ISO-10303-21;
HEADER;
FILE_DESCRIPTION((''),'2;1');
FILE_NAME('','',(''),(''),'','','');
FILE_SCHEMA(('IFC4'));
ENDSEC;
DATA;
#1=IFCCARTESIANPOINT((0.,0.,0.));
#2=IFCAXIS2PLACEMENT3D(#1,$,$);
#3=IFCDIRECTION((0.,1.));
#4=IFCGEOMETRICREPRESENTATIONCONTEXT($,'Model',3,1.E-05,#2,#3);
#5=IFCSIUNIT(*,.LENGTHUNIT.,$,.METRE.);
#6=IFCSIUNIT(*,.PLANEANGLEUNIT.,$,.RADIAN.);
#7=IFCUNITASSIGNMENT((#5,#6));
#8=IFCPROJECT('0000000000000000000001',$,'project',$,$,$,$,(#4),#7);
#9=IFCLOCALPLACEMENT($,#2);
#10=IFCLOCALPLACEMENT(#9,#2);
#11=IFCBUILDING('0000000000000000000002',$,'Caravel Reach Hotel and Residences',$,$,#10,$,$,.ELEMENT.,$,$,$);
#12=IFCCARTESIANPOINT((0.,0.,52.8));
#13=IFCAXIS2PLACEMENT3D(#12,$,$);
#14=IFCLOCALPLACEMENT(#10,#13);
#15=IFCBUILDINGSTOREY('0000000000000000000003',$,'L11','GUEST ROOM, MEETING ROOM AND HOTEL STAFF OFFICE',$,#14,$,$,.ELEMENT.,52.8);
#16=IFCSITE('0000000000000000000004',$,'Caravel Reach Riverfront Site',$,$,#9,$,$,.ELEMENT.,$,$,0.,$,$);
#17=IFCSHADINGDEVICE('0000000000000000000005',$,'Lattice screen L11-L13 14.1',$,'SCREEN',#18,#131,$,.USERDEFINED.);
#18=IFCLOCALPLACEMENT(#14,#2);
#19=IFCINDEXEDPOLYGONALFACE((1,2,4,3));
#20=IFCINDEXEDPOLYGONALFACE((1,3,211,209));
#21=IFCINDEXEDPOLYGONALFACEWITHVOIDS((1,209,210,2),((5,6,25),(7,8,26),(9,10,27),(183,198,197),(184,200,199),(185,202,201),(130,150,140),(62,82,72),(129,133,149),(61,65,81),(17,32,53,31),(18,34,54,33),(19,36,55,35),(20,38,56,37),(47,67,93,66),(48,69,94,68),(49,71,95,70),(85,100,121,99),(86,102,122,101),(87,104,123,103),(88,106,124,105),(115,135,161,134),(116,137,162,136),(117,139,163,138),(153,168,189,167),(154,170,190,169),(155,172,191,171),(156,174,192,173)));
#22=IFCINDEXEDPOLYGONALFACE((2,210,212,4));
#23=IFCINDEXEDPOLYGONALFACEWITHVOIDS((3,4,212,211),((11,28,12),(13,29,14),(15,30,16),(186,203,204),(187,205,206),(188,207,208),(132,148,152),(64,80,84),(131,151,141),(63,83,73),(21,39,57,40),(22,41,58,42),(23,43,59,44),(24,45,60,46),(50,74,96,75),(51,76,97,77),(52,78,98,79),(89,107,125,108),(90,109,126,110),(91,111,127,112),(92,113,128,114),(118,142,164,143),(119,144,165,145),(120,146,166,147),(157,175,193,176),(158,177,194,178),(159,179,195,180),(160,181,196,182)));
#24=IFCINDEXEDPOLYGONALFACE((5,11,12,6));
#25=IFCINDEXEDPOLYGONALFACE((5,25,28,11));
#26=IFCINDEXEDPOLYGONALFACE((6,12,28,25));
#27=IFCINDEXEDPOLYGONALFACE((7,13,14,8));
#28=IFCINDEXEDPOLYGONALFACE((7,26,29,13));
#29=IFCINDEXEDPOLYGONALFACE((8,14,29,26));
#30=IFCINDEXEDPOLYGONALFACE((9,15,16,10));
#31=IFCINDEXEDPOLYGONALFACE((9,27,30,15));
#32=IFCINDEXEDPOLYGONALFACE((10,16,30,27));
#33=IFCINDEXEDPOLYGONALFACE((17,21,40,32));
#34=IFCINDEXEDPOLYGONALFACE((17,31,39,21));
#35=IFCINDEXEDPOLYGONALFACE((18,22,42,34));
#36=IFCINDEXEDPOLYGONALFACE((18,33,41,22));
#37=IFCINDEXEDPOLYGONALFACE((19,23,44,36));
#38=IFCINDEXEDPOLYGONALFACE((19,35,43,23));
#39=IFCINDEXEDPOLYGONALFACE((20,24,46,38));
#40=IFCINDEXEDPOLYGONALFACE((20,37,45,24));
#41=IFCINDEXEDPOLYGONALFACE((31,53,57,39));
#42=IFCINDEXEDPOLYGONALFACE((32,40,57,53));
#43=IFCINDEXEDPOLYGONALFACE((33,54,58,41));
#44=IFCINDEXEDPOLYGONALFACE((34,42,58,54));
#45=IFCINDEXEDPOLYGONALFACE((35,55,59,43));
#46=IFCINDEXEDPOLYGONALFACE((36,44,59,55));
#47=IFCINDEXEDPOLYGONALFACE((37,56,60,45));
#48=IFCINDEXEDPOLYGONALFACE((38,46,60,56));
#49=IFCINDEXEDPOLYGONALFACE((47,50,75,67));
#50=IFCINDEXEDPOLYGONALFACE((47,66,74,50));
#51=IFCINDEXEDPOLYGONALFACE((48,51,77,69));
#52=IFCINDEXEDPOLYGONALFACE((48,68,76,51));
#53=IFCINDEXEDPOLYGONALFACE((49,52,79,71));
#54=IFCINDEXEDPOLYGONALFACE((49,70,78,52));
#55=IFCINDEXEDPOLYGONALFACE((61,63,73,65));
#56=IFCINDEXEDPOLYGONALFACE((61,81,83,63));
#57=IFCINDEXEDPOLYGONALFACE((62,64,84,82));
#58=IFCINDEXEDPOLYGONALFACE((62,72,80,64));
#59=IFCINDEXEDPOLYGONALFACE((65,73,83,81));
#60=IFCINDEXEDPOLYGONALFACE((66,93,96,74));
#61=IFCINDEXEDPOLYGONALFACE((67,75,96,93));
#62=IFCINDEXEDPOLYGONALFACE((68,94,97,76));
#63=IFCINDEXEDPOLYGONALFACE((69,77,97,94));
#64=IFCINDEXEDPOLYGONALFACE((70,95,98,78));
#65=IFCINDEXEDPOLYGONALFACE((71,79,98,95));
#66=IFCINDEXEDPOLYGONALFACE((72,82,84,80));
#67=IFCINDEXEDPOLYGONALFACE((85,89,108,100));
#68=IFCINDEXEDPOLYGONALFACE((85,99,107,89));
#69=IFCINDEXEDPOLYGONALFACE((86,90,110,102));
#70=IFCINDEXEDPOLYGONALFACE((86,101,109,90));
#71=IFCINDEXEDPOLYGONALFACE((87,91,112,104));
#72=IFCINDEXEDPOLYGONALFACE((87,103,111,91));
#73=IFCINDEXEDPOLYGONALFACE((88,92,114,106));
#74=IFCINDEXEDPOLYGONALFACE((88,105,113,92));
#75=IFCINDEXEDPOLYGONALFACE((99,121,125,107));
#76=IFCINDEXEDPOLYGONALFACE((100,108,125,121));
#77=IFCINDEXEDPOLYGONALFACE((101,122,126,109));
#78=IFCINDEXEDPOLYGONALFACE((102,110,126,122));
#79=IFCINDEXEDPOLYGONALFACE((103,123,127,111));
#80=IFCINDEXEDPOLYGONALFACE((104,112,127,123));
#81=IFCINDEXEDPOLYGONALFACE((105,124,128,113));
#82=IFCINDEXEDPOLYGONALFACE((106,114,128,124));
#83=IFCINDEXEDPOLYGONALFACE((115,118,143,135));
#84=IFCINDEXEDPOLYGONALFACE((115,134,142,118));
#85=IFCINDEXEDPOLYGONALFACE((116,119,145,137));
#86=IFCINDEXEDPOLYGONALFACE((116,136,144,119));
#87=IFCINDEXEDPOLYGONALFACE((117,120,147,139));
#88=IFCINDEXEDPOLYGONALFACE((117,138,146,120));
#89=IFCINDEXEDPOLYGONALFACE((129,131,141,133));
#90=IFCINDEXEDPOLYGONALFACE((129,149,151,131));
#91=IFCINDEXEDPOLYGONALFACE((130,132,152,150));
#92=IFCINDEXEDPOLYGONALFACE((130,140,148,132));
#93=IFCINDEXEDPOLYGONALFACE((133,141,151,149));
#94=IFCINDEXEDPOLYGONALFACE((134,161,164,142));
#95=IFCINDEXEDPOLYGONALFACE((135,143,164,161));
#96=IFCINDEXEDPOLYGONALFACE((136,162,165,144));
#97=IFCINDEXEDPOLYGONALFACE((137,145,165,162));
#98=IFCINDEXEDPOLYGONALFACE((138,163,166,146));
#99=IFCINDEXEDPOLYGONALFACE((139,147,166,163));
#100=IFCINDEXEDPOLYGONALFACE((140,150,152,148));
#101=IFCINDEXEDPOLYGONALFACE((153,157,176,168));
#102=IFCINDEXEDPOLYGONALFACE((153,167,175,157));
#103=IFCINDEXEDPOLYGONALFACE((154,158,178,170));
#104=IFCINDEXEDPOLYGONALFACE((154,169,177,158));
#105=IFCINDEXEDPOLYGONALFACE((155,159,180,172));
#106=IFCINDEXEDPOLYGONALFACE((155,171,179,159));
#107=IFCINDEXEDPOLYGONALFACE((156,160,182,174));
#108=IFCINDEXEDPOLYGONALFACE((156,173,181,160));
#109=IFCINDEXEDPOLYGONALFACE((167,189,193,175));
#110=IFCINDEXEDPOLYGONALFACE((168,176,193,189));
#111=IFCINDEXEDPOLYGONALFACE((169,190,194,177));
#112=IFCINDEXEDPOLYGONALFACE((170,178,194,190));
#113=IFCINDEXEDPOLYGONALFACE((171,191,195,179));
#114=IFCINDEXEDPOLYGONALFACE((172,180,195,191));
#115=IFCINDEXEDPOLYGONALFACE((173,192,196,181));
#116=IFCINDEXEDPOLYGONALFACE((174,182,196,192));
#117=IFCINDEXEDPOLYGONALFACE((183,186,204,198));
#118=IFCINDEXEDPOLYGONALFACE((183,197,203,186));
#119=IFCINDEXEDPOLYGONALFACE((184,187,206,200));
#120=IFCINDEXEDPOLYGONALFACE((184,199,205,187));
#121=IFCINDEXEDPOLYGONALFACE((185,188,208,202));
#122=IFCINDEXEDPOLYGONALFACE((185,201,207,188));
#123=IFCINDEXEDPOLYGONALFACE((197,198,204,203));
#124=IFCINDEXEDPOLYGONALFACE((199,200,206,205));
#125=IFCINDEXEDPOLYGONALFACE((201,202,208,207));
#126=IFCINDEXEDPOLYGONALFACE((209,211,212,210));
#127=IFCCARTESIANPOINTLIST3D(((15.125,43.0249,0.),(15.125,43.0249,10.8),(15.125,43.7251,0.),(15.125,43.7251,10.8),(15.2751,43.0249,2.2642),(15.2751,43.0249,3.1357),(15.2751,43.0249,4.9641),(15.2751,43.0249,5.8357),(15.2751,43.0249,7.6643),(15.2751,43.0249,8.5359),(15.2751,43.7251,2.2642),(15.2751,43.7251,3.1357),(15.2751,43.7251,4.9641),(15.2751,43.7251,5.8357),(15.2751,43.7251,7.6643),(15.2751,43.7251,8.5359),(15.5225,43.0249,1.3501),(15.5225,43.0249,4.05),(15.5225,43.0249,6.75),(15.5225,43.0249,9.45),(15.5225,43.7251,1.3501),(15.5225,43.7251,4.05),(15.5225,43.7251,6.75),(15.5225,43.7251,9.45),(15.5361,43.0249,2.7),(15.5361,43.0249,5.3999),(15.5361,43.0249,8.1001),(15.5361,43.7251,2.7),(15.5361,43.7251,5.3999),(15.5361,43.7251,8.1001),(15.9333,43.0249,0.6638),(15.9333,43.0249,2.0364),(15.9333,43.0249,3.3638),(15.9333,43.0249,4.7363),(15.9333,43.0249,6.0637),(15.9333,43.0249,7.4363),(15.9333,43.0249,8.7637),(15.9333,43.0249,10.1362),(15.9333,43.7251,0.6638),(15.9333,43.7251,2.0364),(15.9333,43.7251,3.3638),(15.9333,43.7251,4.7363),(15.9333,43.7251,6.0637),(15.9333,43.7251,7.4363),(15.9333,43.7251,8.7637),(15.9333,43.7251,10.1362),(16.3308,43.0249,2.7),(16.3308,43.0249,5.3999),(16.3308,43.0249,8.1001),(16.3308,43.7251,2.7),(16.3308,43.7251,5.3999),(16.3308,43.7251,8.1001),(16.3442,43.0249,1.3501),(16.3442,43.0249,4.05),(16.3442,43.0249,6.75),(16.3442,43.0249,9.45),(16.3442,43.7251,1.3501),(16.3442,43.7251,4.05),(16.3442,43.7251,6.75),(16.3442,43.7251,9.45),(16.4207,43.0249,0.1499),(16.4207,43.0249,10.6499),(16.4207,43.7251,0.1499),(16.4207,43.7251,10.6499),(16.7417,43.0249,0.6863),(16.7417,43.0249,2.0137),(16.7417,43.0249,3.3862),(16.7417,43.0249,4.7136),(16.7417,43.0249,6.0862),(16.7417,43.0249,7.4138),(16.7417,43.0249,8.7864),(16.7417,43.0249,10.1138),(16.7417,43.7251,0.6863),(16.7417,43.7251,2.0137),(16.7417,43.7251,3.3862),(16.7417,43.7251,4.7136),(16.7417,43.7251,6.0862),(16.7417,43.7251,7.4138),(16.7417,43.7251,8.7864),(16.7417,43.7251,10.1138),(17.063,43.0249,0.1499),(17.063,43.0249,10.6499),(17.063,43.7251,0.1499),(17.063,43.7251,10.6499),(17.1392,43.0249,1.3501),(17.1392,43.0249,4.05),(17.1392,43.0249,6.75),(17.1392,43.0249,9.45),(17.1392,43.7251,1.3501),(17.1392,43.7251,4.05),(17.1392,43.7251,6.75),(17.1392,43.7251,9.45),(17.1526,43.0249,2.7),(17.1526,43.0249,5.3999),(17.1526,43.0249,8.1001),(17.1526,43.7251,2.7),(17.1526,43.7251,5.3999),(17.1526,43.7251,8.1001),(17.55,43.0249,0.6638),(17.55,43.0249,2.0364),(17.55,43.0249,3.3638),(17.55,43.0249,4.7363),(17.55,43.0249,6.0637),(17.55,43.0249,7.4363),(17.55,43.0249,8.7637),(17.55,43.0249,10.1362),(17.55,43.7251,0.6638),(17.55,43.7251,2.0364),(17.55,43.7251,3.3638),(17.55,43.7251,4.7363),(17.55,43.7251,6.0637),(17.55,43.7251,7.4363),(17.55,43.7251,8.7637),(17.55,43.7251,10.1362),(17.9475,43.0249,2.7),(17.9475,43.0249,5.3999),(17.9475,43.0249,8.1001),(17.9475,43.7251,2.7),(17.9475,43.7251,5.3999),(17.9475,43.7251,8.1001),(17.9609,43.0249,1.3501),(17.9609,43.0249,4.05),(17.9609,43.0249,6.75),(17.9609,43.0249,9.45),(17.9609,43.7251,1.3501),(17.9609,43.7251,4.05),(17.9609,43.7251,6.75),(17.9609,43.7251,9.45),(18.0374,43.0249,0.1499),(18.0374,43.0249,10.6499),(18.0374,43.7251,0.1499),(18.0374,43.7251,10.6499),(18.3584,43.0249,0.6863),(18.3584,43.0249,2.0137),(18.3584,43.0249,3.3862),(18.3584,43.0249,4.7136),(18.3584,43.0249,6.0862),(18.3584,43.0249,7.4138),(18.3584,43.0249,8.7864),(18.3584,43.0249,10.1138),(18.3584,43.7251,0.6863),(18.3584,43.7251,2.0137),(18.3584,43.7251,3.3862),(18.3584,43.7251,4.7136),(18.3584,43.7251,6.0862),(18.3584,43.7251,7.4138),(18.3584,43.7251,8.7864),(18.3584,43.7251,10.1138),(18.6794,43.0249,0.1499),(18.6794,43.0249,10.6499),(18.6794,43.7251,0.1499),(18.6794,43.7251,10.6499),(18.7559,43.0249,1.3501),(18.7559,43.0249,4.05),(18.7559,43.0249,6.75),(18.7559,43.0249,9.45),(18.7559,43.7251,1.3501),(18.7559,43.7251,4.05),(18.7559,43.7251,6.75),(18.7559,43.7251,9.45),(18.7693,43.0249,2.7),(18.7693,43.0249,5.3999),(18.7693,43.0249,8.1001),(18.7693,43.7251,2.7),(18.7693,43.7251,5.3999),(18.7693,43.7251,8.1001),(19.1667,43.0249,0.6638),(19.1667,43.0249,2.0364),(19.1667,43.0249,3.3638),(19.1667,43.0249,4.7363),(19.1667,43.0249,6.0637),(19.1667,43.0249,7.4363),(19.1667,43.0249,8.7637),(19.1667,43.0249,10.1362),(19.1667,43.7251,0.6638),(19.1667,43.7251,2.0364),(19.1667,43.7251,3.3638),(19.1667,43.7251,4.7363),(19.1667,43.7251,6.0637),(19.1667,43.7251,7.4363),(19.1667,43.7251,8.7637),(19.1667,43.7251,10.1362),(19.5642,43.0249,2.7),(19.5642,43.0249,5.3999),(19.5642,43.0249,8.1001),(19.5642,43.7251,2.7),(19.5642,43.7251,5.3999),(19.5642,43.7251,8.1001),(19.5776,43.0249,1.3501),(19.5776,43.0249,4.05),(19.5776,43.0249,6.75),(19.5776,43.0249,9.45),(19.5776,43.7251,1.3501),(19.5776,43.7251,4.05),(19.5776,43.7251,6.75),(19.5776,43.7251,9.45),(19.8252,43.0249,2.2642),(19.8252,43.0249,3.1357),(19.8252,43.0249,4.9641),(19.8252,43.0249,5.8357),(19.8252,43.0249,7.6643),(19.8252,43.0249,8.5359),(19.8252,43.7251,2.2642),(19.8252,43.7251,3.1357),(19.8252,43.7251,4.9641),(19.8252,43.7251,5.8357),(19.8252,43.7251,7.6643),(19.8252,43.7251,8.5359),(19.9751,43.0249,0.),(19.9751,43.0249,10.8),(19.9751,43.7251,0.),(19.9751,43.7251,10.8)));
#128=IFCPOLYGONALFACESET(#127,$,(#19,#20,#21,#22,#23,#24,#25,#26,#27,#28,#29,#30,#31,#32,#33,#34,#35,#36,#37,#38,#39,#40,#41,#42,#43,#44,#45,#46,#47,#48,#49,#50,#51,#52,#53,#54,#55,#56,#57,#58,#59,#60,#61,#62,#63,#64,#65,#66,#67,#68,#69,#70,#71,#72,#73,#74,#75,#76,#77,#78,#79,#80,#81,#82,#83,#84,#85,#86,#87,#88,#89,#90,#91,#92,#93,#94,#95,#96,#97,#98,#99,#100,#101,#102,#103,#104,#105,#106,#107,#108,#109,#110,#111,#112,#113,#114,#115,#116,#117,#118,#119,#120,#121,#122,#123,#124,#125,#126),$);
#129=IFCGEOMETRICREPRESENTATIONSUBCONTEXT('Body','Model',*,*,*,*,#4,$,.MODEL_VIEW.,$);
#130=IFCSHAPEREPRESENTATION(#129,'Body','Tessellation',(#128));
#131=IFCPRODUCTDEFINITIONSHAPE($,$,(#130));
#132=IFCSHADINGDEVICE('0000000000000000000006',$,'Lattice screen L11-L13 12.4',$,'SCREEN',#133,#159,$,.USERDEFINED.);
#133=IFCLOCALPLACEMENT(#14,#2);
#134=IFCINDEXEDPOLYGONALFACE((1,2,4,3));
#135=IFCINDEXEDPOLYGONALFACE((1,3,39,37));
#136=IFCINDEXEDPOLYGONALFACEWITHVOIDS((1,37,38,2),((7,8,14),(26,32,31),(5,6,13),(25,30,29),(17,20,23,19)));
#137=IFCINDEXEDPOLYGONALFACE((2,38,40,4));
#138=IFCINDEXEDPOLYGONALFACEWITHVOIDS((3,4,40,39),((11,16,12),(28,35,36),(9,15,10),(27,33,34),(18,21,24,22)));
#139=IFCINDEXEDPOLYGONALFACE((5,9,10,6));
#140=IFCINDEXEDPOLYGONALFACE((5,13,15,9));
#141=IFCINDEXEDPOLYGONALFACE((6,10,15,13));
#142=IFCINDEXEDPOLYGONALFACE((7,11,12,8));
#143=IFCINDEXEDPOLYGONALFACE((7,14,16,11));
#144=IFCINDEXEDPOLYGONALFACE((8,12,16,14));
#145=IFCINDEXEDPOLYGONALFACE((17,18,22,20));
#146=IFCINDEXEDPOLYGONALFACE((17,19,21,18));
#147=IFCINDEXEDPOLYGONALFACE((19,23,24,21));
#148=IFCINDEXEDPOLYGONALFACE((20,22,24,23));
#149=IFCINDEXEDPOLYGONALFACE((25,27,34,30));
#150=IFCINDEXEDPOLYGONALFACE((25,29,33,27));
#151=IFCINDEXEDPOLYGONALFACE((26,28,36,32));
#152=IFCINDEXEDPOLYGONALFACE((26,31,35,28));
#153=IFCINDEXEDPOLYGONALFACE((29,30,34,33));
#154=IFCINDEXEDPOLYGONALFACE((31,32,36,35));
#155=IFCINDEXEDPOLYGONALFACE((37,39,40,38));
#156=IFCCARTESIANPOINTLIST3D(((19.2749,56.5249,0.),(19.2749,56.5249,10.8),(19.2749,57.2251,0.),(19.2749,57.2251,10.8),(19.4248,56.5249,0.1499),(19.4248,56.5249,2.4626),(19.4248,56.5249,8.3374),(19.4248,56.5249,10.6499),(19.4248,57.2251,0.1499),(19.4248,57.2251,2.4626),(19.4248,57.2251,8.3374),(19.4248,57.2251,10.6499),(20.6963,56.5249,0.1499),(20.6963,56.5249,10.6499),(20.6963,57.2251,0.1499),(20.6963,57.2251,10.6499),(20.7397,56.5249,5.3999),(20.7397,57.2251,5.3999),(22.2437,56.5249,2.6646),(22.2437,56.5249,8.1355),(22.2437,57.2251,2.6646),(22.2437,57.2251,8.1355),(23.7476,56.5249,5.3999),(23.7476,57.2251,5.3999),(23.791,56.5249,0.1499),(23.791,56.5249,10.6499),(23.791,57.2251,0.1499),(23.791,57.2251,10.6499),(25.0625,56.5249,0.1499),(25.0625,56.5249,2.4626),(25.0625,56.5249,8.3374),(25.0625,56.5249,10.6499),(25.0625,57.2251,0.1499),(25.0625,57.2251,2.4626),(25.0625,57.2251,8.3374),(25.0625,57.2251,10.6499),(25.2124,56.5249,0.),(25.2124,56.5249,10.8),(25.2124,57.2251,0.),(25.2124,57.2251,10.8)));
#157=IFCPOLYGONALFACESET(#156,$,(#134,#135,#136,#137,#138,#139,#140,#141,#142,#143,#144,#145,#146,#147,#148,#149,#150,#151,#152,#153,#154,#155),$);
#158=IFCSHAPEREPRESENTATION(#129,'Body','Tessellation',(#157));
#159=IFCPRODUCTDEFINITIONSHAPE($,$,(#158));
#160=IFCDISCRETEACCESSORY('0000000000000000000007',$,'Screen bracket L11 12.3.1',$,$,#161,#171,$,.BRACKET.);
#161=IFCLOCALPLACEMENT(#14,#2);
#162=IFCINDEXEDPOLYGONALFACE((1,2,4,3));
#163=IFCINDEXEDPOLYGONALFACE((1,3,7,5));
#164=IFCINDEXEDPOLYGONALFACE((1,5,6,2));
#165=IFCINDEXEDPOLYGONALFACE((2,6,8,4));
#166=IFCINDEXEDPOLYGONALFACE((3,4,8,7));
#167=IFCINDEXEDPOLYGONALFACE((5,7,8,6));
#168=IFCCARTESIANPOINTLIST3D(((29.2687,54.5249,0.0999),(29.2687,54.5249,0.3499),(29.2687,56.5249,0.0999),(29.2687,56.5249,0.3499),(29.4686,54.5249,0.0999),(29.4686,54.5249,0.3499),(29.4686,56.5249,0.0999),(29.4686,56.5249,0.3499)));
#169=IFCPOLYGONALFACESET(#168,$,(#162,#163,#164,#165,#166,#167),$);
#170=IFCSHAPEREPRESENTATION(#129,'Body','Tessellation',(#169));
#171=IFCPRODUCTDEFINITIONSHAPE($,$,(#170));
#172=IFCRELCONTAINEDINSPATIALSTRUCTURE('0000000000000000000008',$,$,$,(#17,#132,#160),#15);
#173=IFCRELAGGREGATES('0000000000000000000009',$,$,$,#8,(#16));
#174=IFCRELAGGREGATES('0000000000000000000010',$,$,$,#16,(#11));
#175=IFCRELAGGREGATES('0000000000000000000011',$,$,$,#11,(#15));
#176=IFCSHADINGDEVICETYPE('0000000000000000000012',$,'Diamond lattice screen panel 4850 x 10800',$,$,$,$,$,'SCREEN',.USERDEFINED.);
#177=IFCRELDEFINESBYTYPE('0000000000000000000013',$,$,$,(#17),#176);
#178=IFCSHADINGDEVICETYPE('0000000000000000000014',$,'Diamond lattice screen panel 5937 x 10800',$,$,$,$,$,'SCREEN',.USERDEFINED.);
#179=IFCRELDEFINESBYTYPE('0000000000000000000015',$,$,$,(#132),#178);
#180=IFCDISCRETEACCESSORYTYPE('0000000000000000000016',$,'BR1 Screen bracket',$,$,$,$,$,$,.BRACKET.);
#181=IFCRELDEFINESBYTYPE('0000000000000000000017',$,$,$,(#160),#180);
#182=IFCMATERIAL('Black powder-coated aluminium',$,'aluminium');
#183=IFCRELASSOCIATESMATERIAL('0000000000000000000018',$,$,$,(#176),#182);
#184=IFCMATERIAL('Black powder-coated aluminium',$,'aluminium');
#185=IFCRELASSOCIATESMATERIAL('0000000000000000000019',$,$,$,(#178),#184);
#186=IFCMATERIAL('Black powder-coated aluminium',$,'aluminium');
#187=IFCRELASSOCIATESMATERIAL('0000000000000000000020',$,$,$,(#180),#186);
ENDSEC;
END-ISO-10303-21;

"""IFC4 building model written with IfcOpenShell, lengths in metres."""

from ifc_helpers import new_model, si_unit, direction, frame, origin, origin_2d, place, context, subcontext, project, spatial, polyline, rectangle, outline, extrude, material, type_object, element, save


model = new_model("IFC4")

# Units and contexts
model_context = context("Model", 3, precision=1e-05, world=origin(), true_north=direction((0.0, 1.0)))
body_context = subcontext(model_context, "Body", "Model", "MODEL_VIEW")
ifc_project = project(units=[si_unit("LENGTHUNIT", "METRE"), si_unit("PLANEANGLEUNIT", "RADIAN")], contexts=[model_context])

# Site, building, storey
site_placement = place(None, origin())
site = spatial("IfcSite", under=ifc_project, at=site_placement, Name="Caravel Reach Riverfront Site", CompositionType="ELEMENT", RefElevation=0.0)
building_placement = place(site_placement, origin())
building = spatial("IfcBuilding", under=site, at=building_placement, Name="Caravel Reach Hotel and Residences", CompositionType="ELEMENT")
storey_placement = place(building_placement, frame((0.0, 0.0, 52.8)))
storey = spatial("IfcBuildingStorey", under=building, at=storey_placement, Name="L11", Description="GUEST ROOM, MEETING ROOM AND HOTEL STAFF OFFICE", CompositionType="ELEMENT", Elevation=52.8)

# Shading devices
ifc_material_1 = material(Name="Black powder-coated aluminium", Category="aluminium")
shading_device_type_1 = type_object("IfcShadingDeviceType", Name="Diamond lattice screen panel 4850 x 10800", ElementType="SCREEN", PredefinedType="USERDEFINED", material=ifc_material_1)
shading_device_1_placement = place(storey_placement, frame((19.9751, 43.0249, 0.0), z_axis=(0.0, 1.0, 0.0), x_axis=(-1.0, 0.0, 0.0)))
element("IfcShadingDevice", 1, at=shading_device_1_placement, inside=storey, type_object=shading_device_type_1, Name="Lattice screen L11-L13 14.1", ObjectType="SCREEN", PredefinedType="USERDEFINED", context=body_context, shape_type="SweptSolid", body=[
    extrude(outline(polyline([(0.0, 0.0), (4.8501, 0.0), (4.8501, 10.8), (0.0, 10.8), (0.0, 0.0)]), holes=[polyline([(0.4109, 2.7), (0.1499, 3.1357), (0.1499, 2.2642), (0.4109, 2.7)]), polyline([(0.4109, 5.3999), (0.1499, 5.8357), (0.1499, 4.9641), (0.4109, 5.3999)]), polyline([(0.4109, 8.1001), (0.1499, 8.5359), (0.1499, 7.6643), (0.4109, 8.1001)]), polyline([(0.8083, 2.0364), (0.3975, 1.3501), (0.8083, 0.6638), (1.2192, 1.3501), (0.8083, 2.0364)]), polyline([(0.8083, 4.7363), (0.3975, 4.05), (0.8083, 3.3638), (1.2192, 4.05), (0.8083, 4.7363)]), polyline([(0.8083, 7.4363), (0.3975, 6.75), (0.8083, 6.0637), (1.2192, 6.75), (0.8083, 7.4363)]), polyline([(0.8083, 10.1362), (0.3975, 9.45), (0.8083, 8.7637), (1.2192, 9.45), (0.8083, 10.1362)]), polyline([(1.6167, 0.6863), (1.2957, 0.1499), (1.9377, 0.1499), (1.6167, 0.6863)]), polyline([(1.6167, 3.3862), (1.2058, 2.7), (1.6167, 2.0137), (2.0276, 2.7), (1.6167, 3.3862)]), polyline([(1.6167, 6.0862), (1.2058, 5.3999), (1.6167, 4.7136), (2.0276, 5.3999), (1.6167, 6.0862)]), polyline([(1.6167, 8.7864), (1.2058, 8.1001), (1.6167, 7.4138), (2.0276, 8.1001), (1.6167, 8.7864)]), polyline([(1.6167, 10.1138), (1.9377, 10.6499), (1.2957, 10.6499), (1.6167, 10.1138)]), polyline([(2.425, 2.0364), (2.0142, 1.3501), (2.425, 0.6638), (2.8359, 1.3501), (2.425, 2.0364)]), polyline([(2.425, 4.7363), (2.0142, 4.05), (2.425, 3.3638), (2.8359, 4.05), (2.425, 4.7363)]), polyline([(2.425, 7.4363), (2.0142, 6.75), (2.425, 6.0637), (2.8359, 6.75), (2.425, 7.4363)]), polyline([(2.425, 10.1362), (2.0142, 9.45), (2.425, 8.7637), (2.8359, 9.45), (2.425, 10.1362)]), polyline([(3.2334, 0.6863), (2.9121, 0.1499), (3.5544, 0.1499), (3.2334, 0.6863)]), polyline([(3.2334, 3.3862), (2.8225, 2.7), (3.2334, 2.0137), (3.6443, 2.7), (3.2334, 3.3862)]), polyline([(3.2334, 6.0862), (2.8225, 5.3999), (3.2334, 4.7136), (3.6443, 5.3999), (3.2334, 6.0862)]), polyline([(3.2334, 8.7864), (2.8225, 8.1001), (3.2334, 7.4138), (3.6443, 8.1001), (3.2334, 8.7864)]), polyline([(3.2334, 10.1138), (3.5544, 10.6499), (2.9121, 10.6499), (3.2334, 10.1138)]), polyline([(4.0417, 2.0364), (3.6309, 1.3501), (4.0417, 0.6638), (4.4526, 1.3501), (4.0417, 2.0364)]), polyline([(4.0417, 4.7363), (3.6309, 4.05), (4.0417, 3.3638), (4.4526, 4.05), (4.0417, 4.7363)]), polyline([(4.0417, 7.4363), (3.6309, 6.75), (4.0417, 6.0637), (4.4526, 6.75), (4.0417, 7.4363)]), polyline([(4.0417, 10.1362), (3.6309, 9.45), (4.0417, 8.7637), (4.4526, 9.45), (4.0417, 10.1362)]), polyline([(4.439, 2.7), (4.7, 2.2642), (4.7, 3.1357), (4.439, 2.7)]), polyline([(4.439, 5.3999), (4.7, 4.9641), (4.7, 5.8357), (4.439, 5.3999)]), polyline([(4.439, 8.1001), (4.7, 7.6643), (4.7, 8.5359), (4.439, 8.1001)])]), origin(), (0.0, 0.0, 1.0), 0.7002),
])
ifc_material_2 = material(Name="Black powder-coated aluminium", Category="aluminium")
shading_device_type_2 = type_object("IfcShadingDeviceType", Name="Diamond lattice screen panel 5937 x 10800", ElementType="SCREEN", PredefinedType="USERDEFINED", material=ifc_material_2)
shading_device_2_placement = place(storey_placement, frame((25.2124, 56.5249, 0.0), z_axis=(0.0, 1.0, 0.0), x_axis=(-1.0, 0.0, 0.0)))
element("IfcShadingDevice", 2, at=shading_device_2_placement, inside=storey, type_object=shading_device_type_2, Name="Lattice screen L11-L13 12.4", ObjectType="SCREEN", PredefinedType="USERDEFINED", context=body_context, shape_type="SweptSolid", body=[
    extrude(outline(polyline([(0.0, 0.0), (5.9375, 0.0), (5.9375, 10.8), (0.0, 10.8), (0.0, 0.0)]), holes=[polyline([(1.4214, 0.1499), (0.1499, 2.4626), (0.1499, 0.1499), (1.4214, 0.1499)]), polyline([(0.1499, 8.3374), (1.4214, 10.6499), (0.1499, 10.6499), (0.1499, 8.3374)]), polyline([(2.9688, 8.1355), (1.4648, 5.3999), (2.9688, 2.6646), (4.4727, 5.3999), (2.9688, 8.1355)]), polyline([(5.7876, 2.4626), (4.5161, 0.1499), (5.7876, 0.1499), (5.7876, 2.4626)]), polyline([(4.5161, 10.6499), (5.7876, 8.3374), (5.7876, 10.6499), (4.5161, 10.6499)])]), origin(), (0.0, 0.0, 1.0), 0.7002),
])

# Discrete accessory
ifc_material_3 = material(Name="Black powder-coated aluminium", Category="aluminium")
discrete_accessory_type = type_object("IfcDiscreteAccessoryType", Name="BR1 Screen bracket", PredefinedType="BRACKET", material=ifc_material_3)
discrete_accessory_1_placement = place(storey_placement, frame((29.3687, 55.5249, 0.0999), z_axis=(0.0, 0.0, 1.0), x_axis=(0.0, 1.0, 0.0)))
element("IfcDiscreteAccessory", 3, at=discrete_accessory_1_placement, inside=storey, type_object=discrete_accessory_type, Name="Screen bracket L11 12.3.1", PredefinedType="BRACKET", context=body_context, shape_type="SweptSolid", body=[
    extrude(rectangle(XDim=2.0, YDim=0.2, at=origin_2d()), origin(), (0.0, 0.0, 1.0), 0.25),
])

save(model, "model.ifc")
